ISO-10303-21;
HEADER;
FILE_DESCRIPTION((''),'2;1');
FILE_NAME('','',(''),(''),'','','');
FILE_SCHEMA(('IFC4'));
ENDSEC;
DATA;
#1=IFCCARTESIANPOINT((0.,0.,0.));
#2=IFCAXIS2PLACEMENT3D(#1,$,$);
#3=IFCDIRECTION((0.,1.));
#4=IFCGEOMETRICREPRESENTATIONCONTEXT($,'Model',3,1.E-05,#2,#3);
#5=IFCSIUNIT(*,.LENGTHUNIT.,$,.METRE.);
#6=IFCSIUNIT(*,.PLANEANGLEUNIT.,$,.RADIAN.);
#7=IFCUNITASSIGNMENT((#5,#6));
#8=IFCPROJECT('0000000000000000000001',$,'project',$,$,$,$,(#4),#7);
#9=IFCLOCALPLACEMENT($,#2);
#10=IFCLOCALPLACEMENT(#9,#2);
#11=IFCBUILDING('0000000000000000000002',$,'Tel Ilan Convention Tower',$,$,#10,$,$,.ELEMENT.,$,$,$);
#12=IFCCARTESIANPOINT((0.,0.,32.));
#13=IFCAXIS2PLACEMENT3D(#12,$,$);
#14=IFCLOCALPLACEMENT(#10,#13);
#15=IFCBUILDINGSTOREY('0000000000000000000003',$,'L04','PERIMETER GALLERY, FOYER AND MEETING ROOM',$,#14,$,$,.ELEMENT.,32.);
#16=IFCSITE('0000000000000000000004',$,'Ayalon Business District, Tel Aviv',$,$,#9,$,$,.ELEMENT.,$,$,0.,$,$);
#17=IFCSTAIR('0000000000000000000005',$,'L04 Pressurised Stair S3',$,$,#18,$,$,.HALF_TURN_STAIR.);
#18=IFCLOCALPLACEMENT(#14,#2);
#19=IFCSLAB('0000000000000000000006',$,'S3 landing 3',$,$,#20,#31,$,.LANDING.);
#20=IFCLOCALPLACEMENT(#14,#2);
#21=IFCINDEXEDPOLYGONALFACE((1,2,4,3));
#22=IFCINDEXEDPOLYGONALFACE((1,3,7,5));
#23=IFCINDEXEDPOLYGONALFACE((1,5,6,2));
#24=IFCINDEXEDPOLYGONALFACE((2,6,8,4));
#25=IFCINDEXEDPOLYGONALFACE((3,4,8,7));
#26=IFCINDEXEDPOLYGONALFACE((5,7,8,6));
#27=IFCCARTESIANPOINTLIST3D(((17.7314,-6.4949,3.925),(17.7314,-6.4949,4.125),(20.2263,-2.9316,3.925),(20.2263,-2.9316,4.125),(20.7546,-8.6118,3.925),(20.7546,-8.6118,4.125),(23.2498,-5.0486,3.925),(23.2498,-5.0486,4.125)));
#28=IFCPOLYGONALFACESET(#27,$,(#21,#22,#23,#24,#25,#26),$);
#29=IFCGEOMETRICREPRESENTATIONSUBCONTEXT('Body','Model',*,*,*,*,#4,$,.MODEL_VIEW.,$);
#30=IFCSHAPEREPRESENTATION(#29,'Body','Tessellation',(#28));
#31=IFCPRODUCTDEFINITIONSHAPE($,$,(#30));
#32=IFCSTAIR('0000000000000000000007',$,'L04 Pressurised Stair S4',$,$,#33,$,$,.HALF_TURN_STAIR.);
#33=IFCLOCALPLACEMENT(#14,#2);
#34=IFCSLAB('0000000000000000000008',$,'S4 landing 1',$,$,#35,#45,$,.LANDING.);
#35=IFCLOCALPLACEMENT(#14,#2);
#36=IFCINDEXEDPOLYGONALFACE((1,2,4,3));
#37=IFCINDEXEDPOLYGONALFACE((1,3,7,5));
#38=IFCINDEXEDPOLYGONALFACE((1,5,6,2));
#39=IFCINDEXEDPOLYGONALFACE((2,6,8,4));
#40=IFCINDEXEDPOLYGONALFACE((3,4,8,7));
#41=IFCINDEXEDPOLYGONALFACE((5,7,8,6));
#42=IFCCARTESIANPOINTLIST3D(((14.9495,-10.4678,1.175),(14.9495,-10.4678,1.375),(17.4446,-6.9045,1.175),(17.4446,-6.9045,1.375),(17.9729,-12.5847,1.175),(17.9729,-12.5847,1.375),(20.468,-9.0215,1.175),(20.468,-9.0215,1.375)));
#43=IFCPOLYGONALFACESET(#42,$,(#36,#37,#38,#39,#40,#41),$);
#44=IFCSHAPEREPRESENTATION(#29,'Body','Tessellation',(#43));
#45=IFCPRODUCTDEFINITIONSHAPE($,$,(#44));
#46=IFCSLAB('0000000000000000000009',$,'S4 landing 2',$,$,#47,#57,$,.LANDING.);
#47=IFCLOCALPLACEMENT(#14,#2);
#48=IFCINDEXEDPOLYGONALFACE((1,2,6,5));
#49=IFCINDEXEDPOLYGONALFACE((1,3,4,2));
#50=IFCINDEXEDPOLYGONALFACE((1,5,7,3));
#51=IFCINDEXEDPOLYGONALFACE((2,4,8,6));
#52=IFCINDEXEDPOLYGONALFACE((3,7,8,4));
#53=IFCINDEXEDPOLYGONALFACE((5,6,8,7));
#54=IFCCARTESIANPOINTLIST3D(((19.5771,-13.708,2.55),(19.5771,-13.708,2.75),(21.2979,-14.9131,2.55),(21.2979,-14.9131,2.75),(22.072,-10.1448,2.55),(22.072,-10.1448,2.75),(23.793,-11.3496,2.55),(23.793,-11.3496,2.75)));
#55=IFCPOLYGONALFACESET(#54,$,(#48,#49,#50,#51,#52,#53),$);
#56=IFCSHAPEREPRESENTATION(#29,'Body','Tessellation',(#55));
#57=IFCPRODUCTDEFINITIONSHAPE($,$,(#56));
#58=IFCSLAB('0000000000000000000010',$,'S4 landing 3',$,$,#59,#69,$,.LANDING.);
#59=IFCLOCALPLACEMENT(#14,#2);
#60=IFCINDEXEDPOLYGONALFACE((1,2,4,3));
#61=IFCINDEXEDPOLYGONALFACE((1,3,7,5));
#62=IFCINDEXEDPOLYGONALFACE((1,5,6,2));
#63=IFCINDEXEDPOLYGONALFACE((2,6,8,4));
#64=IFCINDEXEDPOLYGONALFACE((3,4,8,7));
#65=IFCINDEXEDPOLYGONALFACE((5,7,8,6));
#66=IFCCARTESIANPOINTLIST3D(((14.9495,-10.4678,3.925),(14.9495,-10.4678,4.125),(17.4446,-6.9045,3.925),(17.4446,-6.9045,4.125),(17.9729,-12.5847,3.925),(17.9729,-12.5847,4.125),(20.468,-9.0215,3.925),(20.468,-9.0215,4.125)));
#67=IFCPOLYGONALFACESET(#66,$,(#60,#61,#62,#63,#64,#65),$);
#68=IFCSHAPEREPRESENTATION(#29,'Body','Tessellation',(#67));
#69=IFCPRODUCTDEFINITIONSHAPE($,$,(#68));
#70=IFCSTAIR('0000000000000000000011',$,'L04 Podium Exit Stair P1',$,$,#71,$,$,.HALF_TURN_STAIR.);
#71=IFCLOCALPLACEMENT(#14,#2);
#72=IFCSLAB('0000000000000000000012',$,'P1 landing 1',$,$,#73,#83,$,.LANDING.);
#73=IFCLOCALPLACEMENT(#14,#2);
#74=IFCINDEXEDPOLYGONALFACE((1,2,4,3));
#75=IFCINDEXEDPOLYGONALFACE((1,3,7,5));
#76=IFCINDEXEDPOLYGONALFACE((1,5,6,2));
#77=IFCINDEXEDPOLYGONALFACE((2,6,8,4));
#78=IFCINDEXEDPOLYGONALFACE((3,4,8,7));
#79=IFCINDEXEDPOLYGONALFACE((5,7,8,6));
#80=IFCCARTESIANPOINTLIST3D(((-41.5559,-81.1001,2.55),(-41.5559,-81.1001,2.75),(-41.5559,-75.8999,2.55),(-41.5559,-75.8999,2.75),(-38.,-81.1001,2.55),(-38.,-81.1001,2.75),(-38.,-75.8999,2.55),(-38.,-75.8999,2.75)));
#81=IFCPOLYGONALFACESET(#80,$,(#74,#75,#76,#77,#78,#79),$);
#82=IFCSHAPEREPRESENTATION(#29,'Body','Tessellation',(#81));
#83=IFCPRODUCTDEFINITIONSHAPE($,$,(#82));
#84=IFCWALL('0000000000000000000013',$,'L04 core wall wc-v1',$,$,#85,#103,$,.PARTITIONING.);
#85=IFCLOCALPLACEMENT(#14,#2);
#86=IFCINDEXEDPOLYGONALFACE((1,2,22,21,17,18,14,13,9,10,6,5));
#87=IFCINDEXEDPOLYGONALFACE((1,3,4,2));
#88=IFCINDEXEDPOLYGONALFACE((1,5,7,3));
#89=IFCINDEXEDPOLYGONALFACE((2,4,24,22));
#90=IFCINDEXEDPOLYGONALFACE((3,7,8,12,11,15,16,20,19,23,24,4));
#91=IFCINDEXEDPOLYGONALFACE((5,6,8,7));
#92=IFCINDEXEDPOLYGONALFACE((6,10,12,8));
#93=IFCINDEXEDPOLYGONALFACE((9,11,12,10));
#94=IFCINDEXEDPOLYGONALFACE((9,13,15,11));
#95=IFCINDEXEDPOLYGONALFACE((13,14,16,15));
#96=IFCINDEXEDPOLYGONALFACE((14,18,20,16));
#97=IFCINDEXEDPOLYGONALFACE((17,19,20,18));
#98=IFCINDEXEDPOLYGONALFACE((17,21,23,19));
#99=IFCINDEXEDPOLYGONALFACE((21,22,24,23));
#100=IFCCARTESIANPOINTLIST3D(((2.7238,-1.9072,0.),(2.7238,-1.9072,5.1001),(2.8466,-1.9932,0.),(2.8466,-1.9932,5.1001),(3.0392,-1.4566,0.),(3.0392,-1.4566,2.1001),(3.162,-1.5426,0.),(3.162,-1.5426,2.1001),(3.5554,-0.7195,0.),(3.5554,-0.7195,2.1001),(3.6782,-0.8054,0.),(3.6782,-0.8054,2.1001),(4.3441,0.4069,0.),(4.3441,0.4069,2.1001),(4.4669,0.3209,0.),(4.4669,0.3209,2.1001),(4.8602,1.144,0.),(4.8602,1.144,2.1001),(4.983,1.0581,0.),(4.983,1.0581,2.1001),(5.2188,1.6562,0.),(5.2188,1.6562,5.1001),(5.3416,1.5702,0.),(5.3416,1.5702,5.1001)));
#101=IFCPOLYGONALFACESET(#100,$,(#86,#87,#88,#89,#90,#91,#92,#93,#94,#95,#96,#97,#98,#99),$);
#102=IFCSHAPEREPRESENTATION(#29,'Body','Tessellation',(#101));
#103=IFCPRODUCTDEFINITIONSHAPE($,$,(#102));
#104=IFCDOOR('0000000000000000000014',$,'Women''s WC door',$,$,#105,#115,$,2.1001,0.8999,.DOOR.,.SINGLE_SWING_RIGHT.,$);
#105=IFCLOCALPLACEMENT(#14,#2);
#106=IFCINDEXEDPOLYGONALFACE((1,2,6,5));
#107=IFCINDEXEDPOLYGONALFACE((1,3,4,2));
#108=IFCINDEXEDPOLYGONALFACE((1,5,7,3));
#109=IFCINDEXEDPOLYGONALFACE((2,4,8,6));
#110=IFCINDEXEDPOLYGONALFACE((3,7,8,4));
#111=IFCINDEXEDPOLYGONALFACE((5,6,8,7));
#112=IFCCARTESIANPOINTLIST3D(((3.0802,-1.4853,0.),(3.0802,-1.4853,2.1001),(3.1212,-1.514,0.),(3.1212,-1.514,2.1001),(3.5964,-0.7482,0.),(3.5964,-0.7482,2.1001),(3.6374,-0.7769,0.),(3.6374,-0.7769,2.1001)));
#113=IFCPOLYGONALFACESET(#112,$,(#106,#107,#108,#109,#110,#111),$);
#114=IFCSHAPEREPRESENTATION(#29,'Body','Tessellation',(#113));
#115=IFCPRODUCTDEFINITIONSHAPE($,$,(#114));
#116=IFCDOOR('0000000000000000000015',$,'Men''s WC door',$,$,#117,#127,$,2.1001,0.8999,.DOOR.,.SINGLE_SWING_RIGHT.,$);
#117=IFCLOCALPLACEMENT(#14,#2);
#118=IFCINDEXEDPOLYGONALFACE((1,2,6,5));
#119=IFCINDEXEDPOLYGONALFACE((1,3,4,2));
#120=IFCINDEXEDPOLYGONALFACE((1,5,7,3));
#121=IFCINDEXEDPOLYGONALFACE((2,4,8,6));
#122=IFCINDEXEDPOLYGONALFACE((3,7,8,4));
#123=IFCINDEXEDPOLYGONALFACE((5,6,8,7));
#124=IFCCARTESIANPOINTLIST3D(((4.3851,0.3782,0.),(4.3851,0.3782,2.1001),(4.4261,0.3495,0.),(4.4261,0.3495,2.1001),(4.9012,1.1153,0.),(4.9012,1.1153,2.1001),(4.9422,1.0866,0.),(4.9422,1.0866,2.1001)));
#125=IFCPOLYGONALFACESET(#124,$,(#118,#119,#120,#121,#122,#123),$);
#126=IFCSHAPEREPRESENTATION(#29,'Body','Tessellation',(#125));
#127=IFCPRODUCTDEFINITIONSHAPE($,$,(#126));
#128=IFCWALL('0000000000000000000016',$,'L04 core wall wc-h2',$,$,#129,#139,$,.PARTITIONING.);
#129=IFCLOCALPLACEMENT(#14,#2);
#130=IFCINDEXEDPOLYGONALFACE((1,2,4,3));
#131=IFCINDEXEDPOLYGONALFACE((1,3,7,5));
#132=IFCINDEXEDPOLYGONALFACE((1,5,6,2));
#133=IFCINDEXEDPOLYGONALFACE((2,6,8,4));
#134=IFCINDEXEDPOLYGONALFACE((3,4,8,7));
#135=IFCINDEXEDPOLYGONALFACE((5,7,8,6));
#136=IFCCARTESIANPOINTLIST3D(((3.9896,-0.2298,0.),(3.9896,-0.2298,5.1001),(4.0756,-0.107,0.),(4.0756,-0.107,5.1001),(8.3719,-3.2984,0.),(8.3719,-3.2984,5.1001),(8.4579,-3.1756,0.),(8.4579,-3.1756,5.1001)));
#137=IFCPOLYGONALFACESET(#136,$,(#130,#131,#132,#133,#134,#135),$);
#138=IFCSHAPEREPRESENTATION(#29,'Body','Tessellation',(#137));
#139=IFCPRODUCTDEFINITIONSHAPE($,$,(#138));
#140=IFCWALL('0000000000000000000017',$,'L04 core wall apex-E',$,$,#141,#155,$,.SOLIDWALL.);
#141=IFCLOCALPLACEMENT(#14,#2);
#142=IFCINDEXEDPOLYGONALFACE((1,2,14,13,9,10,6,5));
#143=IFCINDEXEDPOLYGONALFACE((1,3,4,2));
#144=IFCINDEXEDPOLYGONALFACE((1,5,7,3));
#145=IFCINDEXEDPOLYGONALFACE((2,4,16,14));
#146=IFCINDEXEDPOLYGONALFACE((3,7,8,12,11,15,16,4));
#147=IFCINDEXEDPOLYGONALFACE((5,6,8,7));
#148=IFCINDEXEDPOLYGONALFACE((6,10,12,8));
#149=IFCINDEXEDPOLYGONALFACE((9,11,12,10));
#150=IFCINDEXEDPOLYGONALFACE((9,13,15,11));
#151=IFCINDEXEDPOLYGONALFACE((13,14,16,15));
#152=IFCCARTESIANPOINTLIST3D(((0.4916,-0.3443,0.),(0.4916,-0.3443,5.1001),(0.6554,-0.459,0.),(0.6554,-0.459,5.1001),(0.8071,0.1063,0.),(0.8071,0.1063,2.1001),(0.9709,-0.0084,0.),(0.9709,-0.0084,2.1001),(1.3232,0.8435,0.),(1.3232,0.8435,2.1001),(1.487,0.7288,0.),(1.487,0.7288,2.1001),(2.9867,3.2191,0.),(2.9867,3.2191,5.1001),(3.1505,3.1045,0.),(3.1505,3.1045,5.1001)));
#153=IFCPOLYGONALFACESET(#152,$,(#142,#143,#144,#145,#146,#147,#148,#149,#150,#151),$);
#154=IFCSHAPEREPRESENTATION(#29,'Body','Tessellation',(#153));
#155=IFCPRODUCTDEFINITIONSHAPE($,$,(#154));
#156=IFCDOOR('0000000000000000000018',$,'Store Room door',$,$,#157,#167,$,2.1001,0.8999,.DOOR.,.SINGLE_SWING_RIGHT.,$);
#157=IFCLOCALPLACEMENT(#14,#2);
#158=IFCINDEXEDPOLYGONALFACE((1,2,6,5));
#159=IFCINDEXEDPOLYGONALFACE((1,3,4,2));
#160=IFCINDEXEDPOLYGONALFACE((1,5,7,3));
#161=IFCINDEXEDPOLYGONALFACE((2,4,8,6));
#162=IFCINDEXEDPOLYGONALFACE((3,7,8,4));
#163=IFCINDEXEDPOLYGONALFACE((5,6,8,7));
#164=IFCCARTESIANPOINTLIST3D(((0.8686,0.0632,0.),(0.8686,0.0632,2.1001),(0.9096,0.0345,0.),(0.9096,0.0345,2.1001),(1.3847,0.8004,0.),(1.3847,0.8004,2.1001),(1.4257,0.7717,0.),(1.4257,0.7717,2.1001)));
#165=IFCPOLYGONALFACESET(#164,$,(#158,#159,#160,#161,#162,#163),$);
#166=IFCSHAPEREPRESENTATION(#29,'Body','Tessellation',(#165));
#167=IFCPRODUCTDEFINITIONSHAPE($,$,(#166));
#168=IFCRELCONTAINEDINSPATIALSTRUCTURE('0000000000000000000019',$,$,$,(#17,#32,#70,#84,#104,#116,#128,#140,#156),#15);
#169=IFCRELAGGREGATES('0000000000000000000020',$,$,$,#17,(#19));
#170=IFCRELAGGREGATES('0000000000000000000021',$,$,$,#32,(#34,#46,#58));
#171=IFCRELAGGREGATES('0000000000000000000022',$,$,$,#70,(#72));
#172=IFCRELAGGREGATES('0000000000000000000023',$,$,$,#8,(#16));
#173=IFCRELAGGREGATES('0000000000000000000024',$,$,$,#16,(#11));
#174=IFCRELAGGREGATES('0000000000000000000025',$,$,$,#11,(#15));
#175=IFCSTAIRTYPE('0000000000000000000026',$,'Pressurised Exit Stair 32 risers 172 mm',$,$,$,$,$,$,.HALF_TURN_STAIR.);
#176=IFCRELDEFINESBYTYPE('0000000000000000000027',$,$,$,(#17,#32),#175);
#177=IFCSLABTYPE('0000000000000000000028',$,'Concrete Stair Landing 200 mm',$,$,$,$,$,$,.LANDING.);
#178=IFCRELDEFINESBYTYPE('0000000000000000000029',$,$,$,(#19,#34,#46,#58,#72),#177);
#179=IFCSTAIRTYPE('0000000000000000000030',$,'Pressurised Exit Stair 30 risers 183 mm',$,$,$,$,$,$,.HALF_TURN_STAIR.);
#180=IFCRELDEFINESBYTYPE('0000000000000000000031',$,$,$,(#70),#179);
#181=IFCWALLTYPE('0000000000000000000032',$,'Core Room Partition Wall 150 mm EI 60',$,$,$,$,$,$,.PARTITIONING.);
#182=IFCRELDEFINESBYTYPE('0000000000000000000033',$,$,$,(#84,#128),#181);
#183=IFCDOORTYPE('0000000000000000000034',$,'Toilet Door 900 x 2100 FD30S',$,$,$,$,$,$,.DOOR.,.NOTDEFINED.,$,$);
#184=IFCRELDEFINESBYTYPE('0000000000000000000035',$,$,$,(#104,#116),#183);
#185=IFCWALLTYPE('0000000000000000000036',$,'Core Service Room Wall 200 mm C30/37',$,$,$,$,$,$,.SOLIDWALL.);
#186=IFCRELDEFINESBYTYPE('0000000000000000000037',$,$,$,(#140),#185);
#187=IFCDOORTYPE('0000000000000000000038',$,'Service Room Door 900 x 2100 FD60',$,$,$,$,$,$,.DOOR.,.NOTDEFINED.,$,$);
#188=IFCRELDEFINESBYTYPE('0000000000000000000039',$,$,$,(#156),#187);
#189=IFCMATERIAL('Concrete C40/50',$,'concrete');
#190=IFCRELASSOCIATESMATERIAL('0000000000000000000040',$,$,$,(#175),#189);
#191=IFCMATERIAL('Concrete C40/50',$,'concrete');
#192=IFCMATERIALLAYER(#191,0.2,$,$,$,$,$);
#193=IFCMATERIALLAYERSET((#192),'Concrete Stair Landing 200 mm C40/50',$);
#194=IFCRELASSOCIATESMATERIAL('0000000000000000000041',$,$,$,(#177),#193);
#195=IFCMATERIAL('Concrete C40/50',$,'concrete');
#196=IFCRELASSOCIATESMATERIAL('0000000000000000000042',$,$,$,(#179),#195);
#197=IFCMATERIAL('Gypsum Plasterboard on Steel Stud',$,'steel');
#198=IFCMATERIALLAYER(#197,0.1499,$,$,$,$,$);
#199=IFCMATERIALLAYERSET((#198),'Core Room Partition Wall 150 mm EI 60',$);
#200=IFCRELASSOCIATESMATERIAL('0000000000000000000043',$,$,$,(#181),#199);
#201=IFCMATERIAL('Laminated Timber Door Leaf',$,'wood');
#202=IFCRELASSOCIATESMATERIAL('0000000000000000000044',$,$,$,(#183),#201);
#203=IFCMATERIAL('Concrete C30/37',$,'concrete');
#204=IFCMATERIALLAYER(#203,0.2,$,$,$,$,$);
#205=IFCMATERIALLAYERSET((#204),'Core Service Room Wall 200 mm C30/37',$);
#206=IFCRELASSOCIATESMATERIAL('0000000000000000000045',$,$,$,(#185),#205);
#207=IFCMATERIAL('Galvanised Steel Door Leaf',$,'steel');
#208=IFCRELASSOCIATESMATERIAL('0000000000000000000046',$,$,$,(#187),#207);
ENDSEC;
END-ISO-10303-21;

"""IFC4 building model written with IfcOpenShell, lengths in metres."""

from ifc_helpers import new_model, si_unit, direction, frame, frame_2d, origin, place, context, subcontext, project, spatial, polyline, rectangle, outline, extrude, material, layer, layer_set, type_object, element, fill, aggregate, save


model = new_model("IFC4")

# Units and contexts
model_context = context("Model", 3, precision=1e-05, world=origin(), true_north=direction((0.0, 1.0)))
body_context = subcontext(model_context, "Body", "Model", "MODEL_VIEW")
ifc_project = project(units=[si_unit("LENGTHUNIT", "METRE"), si_unit("PLANEANGLEUNIT", "RADIAN")], contexts=[model_context])

# Site, building, storey
site_placement = place(None, origin())
site = spatial("IfcSite", under=ifc_project, at=site_placement, Name="Ayalon Business District, Tel Aviv", CompositionType="ELEMENT", RefElevation=0.0)
building_placement = place(site_placement, origin())
building = spatial("IfcBuilding", under=site, at=building_placement, Name="Tel Ilan Convention Tower", CompositionType="ELEMENT")
storey_placement = place(building_placement, frame((0.0, 0.0, 32.0)))
storey = spatial("IfcBuildingStorey", under=building, at=storey_placement, Name="L04", Description="PERIMETER GALLERY, FOYER AND MEETING ROOM", CompositionType="ELEMENT", Elevation=32.0)

# Stair, slab
ifc_material_1 = material(Name="Concrete C40/50", Category="concrete")
stair_type_1 = type_object("IfcStairType", Name="Pressurised Exit Stair 32 risers 172 mm", PredefinedType="HALF_TURN_STAIR", material=ifc_material_1)
stair_1_placement = place(storey_placement, origin())
stair_1 = element("IfcStair", 1, at=stair_1_placement, inside=storey, type_object=stair_type_1, Name="L04 Pressurised Stair S3", PredefinedType="HALF_TURN_STAIR")
ifc_material_2 = material(Name="Concrete C40/50", Category="concrete")
ifc_layer_1 = layer(ifc_material_2, 0.2)
ifc_layer_set_1 = layer_set([ifc_layer_1], Name="Concrete Stair Landing 200 mm C40/50")
slab_type = type_object("IfcSlabType", Name="Concrete Stair Landing 200 mm", PredefinedType="LANDING", material=ifc_layer_set_1)
slab_1_placement = place(storey_placement, frame((0.0, 0.0, 3.925)))
slab_1 = element("IfcSlab", 2, at=slab_1_placement, type_object=slab_type, Name="S3 landing 3", PredefinedType="LANDING", context=body_context, shape_type="SweptSolid", body=[
    extrude(outline(polyline([(23.2498, -5.0486), (20.2263, -2.9316), (17.7314, -6.4949), (20.7546, -8.6118), (23.2498, -5.0486)])), origin(), (0.0, 0.0, 1.0), 0.2),
])
aggregate(stair_1, [slab_1])

# Stair, slabs
stair_2_placement = place(storey_placement, origin())
stair_2 = element("IfcStair", 3, at=stair_2_placement, inside=storey, type_object=stair_type_1, Name="L04 Pressurised Stair S4", PredefinedType="HALF_TURN_STAIR")
slab_2_placement = place(storey_placement, frame((0.0, 0.0, 1.175)))
slab_2 = element("IfcSlab", 4, at=slab_2_placement, type_object=slab_type, Name="S4 landing 1", PredefinedType="LANDING", context=body_context, shape_type="SweptSolid", body=[
    extrude(outline(polyline([(20.468, -9.0215), (17.4446, -6.9045), (14.9495, -10.4678), (17.9729, -12.5847), (20.468, -9.0215)])), origin(), (0.0, 0.0, 1.0), 0.2),
])
slab_3_placement = place(storey_placement, frame((0.0, 0.0, 2.55)))
slab_3 = element("IfcSlab", 5, at=slab_3_placement, type_object=slab_type, Name="S4 landing 2", PredefinedType="LANDING", context=body_context, shape_type="SweptSolid", body=[
    extrude(outline(polyline([(23.793, -11.3496), (22.072, -10.1448), (19.5771, -13.708), (21.2979, -14.9131), (23.793, -11.3496)])), origin(), (0.0, 0.0, 1.0), 0.2),
])
slab_4_placement = place(storey_placement, frame((0.0, 0.0, 3.925)))
slab_4 = element("IfcSlab", 6, at=slab_4_placement, type_object=slab_type, Name="S4 landing 3", PredefinedType="LANDING", context=body_context, shape_type="SweptSolid", body=[
    extrude(outline(polyline([(20.468, -9.0215), (17.4446, -6.9045), (14.9495, -10.4678), (17.9729, -12.5847), (20.468, -9.0215)])), origin(), (0.0, 0.0, 1.0), 0.2),
])
aggregate(stair_2, [slab_2, slab_3, slab_4])

# Stair, slab
ifc_material_3 = material(Name="Concrete C40/50", Category="concrete")
stair_type_2 = type_object("IfcStairType", Name="Pressurised Exit Stair 30 risers 183 mm", PredefinedType="HALF_TURN_STAIR", material=ifc_material_3)
stair_3_placement = place(storey_placement, origin())
stair_3 = element("IfcStair", 7, at=stair_3_placement, inside=storey, type_object=stair_type_2, Name="L04 Podium Exit Stair P1", PredefinedType="HALF_TURN_STAIR")
slab_5_placement = place(storey_placement, frame((0.0, 0.0, 2.55)))
slab_5 = element("IfcSlab", 8, at=slab_5_placement, type_object=slab_type, Name="P1 landing 1", PredefinedType="LANDING", context=body_context, shape_type="SweptSolid", body=[
    extrude(outline(polyline([(-41.5559, -81.1001), (-38.0, -81.1001), (-38.0, -75.8999), (-41.5559, -75.8999), (-41.5559, -81.1001)])), origin(), (0.0, 0.0, 1.0), 0.2),
])
aggregate(stair_3, [slab_5])

# Wall, openings, doors
ifc_material_4 = material(Name="Gypsum Plasterboard on Steel Stud", Category="steel")
ifc_layer_2 = layer(ifc_material_4, 0.1499)
ifc_layer_set_2 = layer_set([ifc_layer_2], Name="Core Room Partition Wall 150 mm EI 60")
wall_type_1 = type_object("IfcWallType", Name="Core Room Partition Wall 150 mm EI 60", PredefinedType="PARTITIONING", material=ifc_layer_set_2)
wall_1_placement = place(storey_placement, frame((2.7852, -1.9502, 0.0), z_axis=(0.0, 0.0, 1.0), x_axis=(0.573568, 0.819158, 0.0)))
wall_1 = element("IfcWall", 9, at=wall_1_placement, inside=storey, type_object=wall_type_1, Name="L04 core wall wc-v1", PredefinedType="PARTITIONING", context=body_context, shape_type="SweptSolid", body=[
    extrude(rectangle(XDim=4.3501, YDim=0.1499, at=frame_2d((2.175, 0.0))), origin(), (0.0, 0.0, 1.0), 5.1001),
])
opening_1_placement = place(wall_1_placement, frame((0.55, 0.0, 0.0)))
opening_1 = element("IfcOpeningElement", 10, at=opening_1_placement, cuts=wall_1, PredefinedType="OPENING", context=body_context, shape_type="SweptSolid", body=[
    extrude(rectangle(XDim=0.8999, YDim=2.1001, at=frame_2d((0.45, 1.05))), frame((0.0, 0.085, 0.0), z_axis=(0.0, -1.0, 0.0), x_axis=(1.0, 0.0, 0.0)), (0.0, 0.0, 1.0), 0.1699),
])
opening_2_placement = place(wall_1_placement, frame((2.825, 0.0, 0.0)))
opening_2 = element("IfcOpeningElement", 11, at=opening_2_placement, cuts=wall_1, PredefinedType="OPENING", context=body_context, shape_type="SweptSolid", body=[
    extrude(rectangle(XDim=0.8999, YDim=2.1001, at=frame_2d((0.45, 1.05))), frame((0.0, 0.085, 0.0), z_axis=(0.0, -1.0, 0.0), x_axis=(1.0, 0.0, 0.0)), (0.0, 0.0, 1.0), 0.1699),
])
ifc_material_5 = material(Name="Laminated Timber Door Leaf", Category="wood")
door_type_1 = type_object("IfcDoorType", Name="Toilet Door 900 x 2100 FD30S", OperationType="NOTDEFINED", PredefinedType="DOOR", material=ifc_material_5)
door_1_placement = place(opening_1_placement, origin())
door_1 = element("IfcDoor", 12, at=door_1_placement, inside=storey, type_object=door_type_1, Name="Women's WC door", OperationType="SINGLE_SWING_RIGHT", OverallHeight=2.1001, OverallWidth=0.8999, PredefinedType="DOOR", context=body_context, shape_type="SweptSolid", body=[
    extrude(rectangle(XDim=0.8999, YDim=2.1001, at=frame_2d((0.45, 1.05))), frame((0.0, 0.0249, 0.0), z_axis=(0.0, -1.0, 0.0), x_axis=(1.0, 0.0, 0.0)), (0.0, 0.0, 1.0), 0.05),
])
fill(opening_1, door_1)
door_2_placement = place(opening_2_placement, origin())
door_2 = element("IfcDoor", 13, at=door_2_placement, inside=storey, type_object=door_type_1, Name="Men's WC door", OperationType="SINGLE_SWING_RIGHT", OverallHeight=2.1001, OverallWidth=0.8999, PredefinedType="DOOR", context=body_context, shape_type="SweptSolid", body=[
    extrude(rectangle(XDim=0.8999, YDim=2.1001, at=frame_2d((0.45, 1.05))), frame((0.0, 0.0249, 0.0), z_axis=(0.0, -1.0, 0.0), x_axis=(1.0, 0.0, 0.0)), (0.0, 0.0, 1.0), 0.05),
])
fill(opening_2, door_2)

# Wall
wall_2_placement = place(storey_placement, frame((4.0327, -0.1685, 0.0), z_axis=(0.0, 0.0, 1.0), x_axis=(0.819146, -0.573585, 0.0)))
element("IfcWall", 14, at=wall_2_placement, inside=storey, type_object=wall_type_1, Name="L04 core wall wc-h2", PredefinedType="PARTITIONING", context=body_context, shape_type="SweptSolid", body=[
    extrude(rectangle(XDim=5.3499, YDim=0.1499, at=frame_2d((2.6748, 0.0))), origin(), (0.0, 0.0, 1.0), 5.1001),
])

# Wall, opening, door
ifc_material_6 = material(Name="Concrete C30/37", Category="concrete")
ifc_layer_3 = layer(ifc_material_6, 0.2)
ifc_layer_set_3 = layer_set([ifc_layer_3], Name="Core Service Room Wall 200 mm C30/37")
wall_type_2 = type_object("IfcWallType", Name="Core Service Room Wall 200 mm C30/37", PredefinedType="SOLIDWALL", material=ifc_layer_set_3)
wall_3_placement = place(storey_placement, frame((0.5735, -0.4016, 0.0), z_axis=(0.0, 0.0, 1.0), x_axis=(0.573568, 0.819158, 0.0)))
wall_3 = element("IfcWall", 15, at=wall_3_placement, inside=storey, type_object=wall_type_2, Name="L04 core wall apex-E", PredefinedType="SOLIDWALL", context=body_context, shape_type="SweptSolid", body=[
    extrude(rectangle(XDim=4.3501, YDim=0.2, at=frame_2d((2.175, 0.0))), origin(), (0.0, 0.0, 1.0), 5.1001),
])
opening_3_placement = place(wall_3_placement, frame((0.55, 0.0, 0.0)))
opening_3 = element("IfcOpeningElement", 16, at=opening_3_placement, cuts=wall_3, PredefinedType="OPENING", context=body_context, shape_type="SweptSolid", body=[
    extrude(rectangle(XDim=0.8999, YDim=2.1001, at=frame_2d((0.45, 1.05))), frame((0.0, 0.1099, 0.0), z_axis=(0.0, -1.0, 0.0), x_axis=(1.0, 0.0, 0.0)), (0.0, 0.0, 1.0), 0.22),
])
ifc_material_7 = material(Name="Galvanised Steel Door Leaf", Category="steel")
door_type_2 = type_object("IfcDoorType", Name="Service Room Door 900 x 2100 FD60", OperationType="NOTDEFINED", PredefinedType="DOOR", material=ifc_material_7)
door_3_placement = place(opening_3_placement, origin())
door_3 = element("IfcDoor", 17, at=door_3_placement, inside=storey, type_object=door_type_2, Name="Store Room door", OperationType="SINGLE_SWING_RIGHT", OverallHeight=2.1001, OverallWidth=0.8999, PredefinedType="DOOR", context=body_context, shape_type="SweptSolid", body=[
    extrude(rectangle(XDim=0.8999, YDim=2.1001, at=frame_2d((0.45, 1.05))), frame((0.0, 0.0249, 0.0), z_axis=(0.0, -1.0, 0.0), x_axis=(1.0, 0.0, 0.0)), (0.0, 0.0, 1.0), 0.05),
])
fill(opening_3, door_3)

save(model, "model.ifc")
